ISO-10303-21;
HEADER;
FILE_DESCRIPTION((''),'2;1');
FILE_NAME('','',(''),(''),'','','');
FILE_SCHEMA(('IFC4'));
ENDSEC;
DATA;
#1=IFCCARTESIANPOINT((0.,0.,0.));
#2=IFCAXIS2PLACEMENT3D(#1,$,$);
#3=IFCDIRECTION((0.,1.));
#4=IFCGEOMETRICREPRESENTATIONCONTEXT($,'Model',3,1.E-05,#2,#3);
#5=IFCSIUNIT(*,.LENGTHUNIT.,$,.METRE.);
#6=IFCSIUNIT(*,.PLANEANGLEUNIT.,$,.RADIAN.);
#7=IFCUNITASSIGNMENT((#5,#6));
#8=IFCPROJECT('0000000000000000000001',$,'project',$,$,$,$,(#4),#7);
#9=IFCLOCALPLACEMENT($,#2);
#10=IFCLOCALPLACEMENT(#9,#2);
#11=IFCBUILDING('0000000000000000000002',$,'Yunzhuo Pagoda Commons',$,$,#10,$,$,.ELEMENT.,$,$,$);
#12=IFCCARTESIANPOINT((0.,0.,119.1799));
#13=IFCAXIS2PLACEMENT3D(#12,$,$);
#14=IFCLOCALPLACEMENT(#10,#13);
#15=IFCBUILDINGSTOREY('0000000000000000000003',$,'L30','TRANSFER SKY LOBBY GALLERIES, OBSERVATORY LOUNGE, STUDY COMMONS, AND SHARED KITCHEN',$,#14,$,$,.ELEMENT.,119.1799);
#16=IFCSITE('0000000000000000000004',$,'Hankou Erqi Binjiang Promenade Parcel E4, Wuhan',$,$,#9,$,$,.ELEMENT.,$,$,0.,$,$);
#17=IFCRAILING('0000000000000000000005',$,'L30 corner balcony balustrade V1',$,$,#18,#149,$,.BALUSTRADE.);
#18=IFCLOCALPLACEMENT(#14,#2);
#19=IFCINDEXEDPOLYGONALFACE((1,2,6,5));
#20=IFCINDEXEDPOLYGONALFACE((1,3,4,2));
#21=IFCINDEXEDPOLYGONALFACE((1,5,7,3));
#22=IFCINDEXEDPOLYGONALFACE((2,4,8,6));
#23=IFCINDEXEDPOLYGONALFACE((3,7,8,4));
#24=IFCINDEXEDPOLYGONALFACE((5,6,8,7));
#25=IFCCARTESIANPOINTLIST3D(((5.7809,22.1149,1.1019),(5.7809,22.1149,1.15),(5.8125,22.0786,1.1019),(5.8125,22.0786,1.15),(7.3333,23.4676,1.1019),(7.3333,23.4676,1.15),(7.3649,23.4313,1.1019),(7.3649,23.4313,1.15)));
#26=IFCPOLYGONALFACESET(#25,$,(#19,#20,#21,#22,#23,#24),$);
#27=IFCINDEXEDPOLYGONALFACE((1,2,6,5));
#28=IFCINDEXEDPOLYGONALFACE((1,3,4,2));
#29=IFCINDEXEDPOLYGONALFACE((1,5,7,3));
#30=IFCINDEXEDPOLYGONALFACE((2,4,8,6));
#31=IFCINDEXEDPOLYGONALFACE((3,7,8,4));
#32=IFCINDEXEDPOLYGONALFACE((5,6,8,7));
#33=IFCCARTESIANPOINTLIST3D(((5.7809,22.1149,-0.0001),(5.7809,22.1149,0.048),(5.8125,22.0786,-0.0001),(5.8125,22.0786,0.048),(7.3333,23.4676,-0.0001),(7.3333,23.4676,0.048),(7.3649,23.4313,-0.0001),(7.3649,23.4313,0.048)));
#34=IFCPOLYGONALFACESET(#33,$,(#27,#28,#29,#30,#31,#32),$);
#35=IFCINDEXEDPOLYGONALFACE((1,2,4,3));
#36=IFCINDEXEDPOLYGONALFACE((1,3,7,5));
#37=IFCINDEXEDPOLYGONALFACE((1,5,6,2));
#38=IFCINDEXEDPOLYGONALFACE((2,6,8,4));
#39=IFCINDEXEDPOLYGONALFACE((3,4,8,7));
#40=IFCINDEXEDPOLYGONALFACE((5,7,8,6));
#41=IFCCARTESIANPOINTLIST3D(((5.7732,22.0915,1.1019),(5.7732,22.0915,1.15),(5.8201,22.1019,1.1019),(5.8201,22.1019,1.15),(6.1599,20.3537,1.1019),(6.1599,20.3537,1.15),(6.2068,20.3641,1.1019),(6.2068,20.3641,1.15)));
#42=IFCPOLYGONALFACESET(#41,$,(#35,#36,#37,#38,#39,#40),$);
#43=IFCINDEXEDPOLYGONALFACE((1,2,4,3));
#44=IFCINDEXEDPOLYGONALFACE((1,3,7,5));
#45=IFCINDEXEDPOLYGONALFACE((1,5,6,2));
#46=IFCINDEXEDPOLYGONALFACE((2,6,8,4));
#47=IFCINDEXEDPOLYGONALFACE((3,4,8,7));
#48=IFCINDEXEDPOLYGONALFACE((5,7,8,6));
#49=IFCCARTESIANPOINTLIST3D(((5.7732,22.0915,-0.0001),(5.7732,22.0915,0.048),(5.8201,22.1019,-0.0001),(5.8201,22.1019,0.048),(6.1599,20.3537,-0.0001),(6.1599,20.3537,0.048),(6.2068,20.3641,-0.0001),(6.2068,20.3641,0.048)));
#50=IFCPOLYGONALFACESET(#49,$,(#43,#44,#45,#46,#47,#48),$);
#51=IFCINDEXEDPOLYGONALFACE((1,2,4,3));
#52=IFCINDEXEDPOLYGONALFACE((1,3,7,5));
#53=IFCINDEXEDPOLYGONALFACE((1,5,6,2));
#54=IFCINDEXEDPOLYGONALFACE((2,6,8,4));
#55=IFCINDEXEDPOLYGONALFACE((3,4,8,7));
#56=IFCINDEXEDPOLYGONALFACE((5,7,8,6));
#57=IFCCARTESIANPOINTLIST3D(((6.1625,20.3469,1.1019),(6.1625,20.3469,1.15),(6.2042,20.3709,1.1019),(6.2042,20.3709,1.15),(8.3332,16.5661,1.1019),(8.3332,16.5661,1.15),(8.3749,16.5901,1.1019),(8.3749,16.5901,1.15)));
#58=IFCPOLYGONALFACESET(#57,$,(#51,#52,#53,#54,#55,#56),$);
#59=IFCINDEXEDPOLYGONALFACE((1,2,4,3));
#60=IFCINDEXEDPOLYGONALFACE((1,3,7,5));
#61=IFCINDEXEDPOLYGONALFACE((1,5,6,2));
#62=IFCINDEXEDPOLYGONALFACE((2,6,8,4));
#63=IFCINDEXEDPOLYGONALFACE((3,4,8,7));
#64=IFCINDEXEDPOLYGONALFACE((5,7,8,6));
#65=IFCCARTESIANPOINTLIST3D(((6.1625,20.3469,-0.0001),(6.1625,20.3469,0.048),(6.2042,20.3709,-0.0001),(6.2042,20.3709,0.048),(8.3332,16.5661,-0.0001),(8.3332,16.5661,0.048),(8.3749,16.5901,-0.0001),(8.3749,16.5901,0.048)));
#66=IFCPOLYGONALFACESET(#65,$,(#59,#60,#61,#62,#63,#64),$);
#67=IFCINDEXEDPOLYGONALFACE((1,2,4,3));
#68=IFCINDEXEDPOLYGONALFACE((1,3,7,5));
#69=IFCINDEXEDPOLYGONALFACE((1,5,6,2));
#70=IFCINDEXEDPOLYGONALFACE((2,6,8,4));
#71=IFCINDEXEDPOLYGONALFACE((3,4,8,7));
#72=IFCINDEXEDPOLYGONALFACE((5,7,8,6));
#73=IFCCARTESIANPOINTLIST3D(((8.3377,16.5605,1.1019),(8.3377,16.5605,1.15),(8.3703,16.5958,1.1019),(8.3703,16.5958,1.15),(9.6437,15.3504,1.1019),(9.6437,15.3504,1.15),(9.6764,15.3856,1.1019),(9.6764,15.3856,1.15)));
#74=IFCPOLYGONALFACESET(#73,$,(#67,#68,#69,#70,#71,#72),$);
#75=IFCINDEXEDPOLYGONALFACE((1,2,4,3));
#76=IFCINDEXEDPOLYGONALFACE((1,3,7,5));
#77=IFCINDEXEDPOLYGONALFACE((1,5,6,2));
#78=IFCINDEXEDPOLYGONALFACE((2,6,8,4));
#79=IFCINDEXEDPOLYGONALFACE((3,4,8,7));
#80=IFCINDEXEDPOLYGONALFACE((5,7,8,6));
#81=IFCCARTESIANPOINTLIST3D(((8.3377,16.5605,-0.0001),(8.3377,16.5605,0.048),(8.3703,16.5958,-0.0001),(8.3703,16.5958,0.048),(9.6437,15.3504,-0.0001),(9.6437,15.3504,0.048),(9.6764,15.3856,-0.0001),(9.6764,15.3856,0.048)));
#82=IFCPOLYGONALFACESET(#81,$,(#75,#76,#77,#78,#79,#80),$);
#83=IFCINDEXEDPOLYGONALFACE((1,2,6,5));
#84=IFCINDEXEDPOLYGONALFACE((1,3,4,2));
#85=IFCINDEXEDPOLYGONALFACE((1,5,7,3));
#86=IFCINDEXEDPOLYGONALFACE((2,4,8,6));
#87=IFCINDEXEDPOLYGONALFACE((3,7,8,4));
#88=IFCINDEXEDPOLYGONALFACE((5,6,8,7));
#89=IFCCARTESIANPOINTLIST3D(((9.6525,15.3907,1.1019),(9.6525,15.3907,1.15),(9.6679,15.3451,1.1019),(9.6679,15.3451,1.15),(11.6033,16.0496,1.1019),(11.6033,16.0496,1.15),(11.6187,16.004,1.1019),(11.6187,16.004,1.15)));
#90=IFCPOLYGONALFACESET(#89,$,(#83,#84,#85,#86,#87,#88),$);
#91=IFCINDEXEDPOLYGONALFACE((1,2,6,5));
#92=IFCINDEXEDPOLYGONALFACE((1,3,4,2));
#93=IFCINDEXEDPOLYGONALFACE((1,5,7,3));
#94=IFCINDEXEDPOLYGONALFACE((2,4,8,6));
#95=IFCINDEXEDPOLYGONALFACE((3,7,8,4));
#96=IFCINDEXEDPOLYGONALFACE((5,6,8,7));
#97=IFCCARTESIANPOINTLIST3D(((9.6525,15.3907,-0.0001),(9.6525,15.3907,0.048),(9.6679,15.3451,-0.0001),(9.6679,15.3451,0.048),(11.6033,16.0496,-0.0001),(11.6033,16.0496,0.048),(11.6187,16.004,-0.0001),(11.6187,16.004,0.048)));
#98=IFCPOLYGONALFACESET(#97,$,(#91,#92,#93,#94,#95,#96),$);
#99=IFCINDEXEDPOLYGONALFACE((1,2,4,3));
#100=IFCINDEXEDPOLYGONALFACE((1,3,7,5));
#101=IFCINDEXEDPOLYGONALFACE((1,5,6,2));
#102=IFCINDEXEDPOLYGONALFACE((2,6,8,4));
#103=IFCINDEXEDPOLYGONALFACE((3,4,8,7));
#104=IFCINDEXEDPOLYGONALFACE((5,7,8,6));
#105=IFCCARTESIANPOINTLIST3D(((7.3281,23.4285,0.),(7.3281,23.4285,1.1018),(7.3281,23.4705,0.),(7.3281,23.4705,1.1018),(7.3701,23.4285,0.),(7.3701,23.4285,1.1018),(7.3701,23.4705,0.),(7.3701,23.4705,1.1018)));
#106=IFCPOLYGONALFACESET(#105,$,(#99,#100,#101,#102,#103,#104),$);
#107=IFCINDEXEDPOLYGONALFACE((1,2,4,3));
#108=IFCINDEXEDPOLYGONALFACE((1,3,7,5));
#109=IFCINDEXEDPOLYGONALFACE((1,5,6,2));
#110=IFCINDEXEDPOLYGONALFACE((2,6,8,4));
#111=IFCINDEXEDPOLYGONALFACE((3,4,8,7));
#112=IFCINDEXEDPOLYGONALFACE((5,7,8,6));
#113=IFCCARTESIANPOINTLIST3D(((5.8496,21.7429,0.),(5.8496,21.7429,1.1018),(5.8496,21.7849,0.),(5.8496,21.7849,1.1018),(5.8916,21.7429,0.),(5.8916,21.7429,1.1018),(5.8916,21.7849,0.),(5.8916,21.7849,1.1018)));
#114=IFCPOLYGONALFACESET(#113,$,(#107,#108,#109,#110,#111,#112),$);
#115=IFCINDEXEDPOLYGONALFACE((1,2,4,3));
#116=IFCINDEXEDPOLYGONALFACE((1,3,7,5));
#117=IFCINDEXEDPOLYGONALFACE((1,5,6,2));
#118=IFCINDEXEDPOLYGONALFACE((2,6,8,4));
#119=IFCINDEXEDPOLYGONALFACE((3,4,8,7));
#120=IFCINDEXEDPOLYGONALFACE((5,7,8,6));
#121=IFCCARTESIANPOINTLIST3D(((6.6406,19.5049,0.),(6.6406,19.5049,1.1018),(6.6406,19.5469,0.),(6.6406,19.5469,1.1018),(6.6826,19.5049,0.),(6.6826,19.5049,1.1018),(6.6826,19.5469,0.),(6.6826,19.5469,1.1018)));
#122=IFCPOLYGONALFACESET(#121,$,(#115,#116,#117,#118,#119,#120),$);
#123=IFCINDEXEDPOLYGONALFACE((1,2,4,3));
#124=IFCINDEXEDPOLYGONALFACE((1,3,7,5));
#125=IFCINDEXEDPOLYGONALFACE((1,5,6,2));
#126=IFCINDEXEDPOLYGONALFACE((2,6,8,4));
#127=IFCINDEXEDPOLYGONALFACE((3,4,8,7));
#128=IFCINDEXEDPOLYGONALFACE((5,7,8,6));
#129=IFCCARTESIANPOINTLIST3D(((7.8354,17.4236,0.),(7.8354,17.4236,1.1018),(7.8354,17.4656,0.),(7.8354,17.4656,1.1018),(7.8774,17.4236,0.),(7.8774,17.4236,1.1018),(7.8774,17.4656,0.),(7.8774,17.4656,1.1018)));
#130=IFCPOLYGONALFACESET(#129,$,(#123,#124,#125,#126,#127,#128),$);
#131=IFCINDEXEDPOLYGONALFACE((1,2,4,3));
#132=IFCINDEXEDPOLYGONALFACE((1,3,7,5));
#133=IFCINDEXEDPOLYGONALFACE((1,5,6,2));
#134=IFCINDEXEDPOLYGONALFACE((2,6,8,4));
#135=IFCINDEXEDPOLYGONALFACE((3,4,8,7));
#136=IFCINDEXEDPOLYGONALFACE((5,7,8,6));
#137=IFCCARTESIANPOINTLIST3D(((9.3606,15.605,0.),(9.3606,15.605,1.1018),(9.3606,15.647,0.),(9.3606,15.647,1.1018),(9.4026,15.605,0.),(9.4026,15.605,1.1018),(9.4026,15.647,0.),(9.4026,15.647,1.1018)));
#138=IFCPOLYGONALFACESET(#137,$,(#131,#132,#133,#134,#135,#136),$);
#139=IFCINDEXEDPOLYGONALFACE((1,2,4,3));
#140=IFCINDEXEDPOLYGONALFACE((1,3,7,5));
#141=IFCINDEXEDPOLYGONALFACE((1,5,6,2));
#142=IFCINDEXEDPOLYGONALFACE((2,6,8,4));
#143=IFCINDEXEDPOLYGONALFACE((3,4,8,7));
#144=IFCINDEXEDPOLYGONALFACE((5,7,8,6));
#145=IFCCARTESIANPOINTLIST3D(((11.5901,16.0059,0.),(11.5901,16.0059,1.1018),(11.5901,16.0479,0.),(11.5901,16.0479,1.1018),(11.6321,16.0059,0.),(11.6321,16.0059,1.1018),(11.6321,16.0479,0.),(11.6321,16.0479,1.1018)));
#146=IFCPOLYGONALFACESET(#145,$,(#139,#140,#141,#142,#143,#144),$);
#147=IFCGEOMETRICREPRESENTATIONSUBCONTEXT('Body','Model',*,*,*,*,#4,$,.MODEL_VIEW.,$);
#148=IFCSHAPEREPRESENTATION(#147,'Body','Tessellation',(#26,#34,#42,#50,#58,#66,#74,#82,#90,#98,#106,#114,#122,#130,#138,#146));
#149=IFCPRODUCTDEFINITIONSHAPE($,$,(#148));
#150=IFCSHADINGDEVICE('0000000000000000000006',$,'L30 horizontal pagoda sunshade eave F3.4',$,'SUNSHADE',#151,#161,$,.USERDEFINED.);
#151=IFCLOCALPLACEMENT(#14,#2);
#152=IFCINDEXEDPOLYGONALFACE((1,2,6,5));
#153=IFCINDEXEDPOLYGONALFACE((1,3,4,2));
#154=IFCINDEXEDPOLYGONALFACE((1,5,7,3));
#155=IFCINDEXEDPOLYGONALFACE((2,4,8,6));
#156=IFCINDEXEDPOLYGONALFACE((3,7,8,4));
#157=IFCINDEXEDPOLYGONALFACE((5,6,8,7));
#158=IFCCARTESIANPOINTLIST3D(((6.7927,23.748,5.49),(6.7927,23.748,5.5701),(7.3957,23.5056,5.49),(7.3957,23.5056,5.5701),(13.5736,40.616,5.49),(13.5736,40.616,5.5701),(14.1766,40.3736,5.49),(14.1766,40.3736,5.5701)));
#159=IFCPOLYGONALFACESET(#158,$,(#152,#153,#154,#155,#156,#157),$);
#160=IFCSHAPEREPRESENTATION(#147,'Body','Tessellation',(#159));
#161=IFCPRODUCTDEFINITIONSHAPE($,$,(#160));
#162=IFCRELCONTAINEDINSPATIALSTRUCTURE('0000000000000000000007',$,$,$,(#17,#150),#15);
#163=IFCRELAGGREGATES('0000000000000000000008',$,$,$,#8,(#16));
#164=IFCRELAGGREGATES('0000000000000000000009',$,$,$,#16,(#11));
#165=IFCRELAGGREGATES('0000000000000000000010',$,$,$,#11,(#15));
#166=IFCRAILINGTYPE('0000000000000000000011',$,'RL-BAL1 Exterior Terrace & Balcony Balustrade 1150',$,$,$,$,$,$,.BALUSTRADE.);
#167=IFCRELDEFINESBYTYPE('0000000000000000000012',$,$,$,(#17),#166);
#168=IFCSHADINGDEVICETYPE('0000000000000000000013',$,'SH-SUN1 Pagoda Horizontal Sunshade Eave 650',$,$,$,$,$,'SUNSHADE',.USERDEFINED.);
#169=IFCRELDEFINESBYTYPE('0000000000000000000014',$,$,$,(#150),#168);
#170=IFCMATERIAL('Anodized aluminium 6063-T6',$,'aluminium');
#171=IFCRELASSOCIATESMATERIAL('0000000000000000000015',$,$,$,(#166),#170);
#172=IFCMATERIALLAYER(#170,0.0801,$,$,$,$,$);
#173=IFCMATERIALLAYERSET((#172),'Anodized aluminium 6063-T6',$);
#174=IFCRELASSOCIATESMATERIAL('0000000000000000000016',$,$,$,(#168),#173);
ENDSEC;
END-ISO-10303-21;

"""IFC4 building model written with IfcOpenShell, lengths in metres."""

from ifc_helpers import new_model, si_unit, direction, frame, origin, origin_2d, place, context, subcontext, project, spatial, rectangle, extrude, source, transform, mapped, material, layer, layer_set, type_object, element, save


model = new_model("IFC4")

# Units and contexts
model_context = context("Model", 3, precision=1e-05, world=origin(), true_north=direction((0.0, 1.0)))
body_context = subcontext(model_context, "Body", "Model", "MODEL_VIEW")
ifc_project = project(units=[si_unit("LENGTHUNIT", "METRE"), si_unit("PLANEANGLEUNIT", "RADIAN")], contexts=[model_context])

# Site, building, storey
site_placement = place(None, origin())
site = spatial("IfcSite", under=ifc_project, at=site_placement, Name="Hankou Erqi Binjiang Promenade Parcel E4, Wuhan", CompositionType="ELEMENT", RefElevation=0.0)
building_placement = place(site_placement, origin())
building = spatial("IfcBuilding", under=site, at=building_placement, Name="Yunzhuo Pagoda Commons", CompositionType="ELEMENT")
storey_placement = place(building_placement, frame((0.0, 0.0, 119.1799)))
storey = spatial("IfcBuildingStorey", under=building, at=storey_placement, Name="L30", Description="TRANSFER SKY LOBBY GALLERIES, OBSERVATORY LOUNGE, STUDY COMMONS, AND SHARED KITCHEN", CompositionType="ELEMENT", Elevation=119.1799)

# Shared definitions
ifc_material_1 = material(Name="Anodized aluminium 6063-T6", Category="aluminium")

# Railing
railing_type_1 = type_object("IfcRailingType", Name="RL-BAL1 Exterior Terrace & Balcony Balustrade 1150", PredefinedType="BALUSTRADE", material=ifc_material_1)
railing_1_placement = place(storey_placement, frame((7.3491, 23.4495, 0.0)))
element("IfcRailing", 1, at=railing_1_placement, inside=storey, type_object=railing_type_1, Name="L30 corner balcony balustrade V1", PredefinedType="BALUSTRADE", context=body_context, shape_type="SweptSolid", body=[
    extrude(rectangle(XDim=0.0481, YDim=0.0481, at=origin_2d()), frame((0.0, 0.0, 1.126), z_axis=(-0.753934, -0.65695, 0.0), x_axis=(0.65695, -0.753934, 0.0)), (0.0, 0.0, 1.0), 2.0591),
    extrude(rectangle(XDim=0.0481, YDim=0.0481, at=origin_2d()), frame((0.0, 0.0, 0.0239), z_axis=(-0.753934, -0.65695, 0.0), x_axis=(0.65695, -0.753934, 0.0)), (0.0, 0.0, 1.0), 2.0591),
    extrude(rectangle(XDim=0.0481, YDim=0.0481, at=origin_2d()), frame((-1.5525, -1.3528, 1.126), z_axis=(0.217221, -0.976122, 0.0), x_axis=(0.976122, 0.217221, 0.0)), (0.0, 0.0, 1.0), 1.7803),
    extrude(rectangle(XDim=0.0481, YDim=0.0481, at=origin_2d()), frame((-1.5525, -1.3528, 0.0239), z_axis=(0.217221, -0.976122, 0.0), x_axis=(0.976122, 0.217221, 0.0)), (0.0, 0.0, 1.0), 1.7803),
    extrude(rectangle(XDim=0.0481, YDim=0.0481, at=origin_2d()), frame((-1.1658, -3.0906, 1.126), z_axis=(0.497905, -0.867232, 0.0), x_axis=(0.867232, 0.497905, 0.0)), (0.0, 0.0, 1.0), 4.3596),
    extrude(rectangle(XDim=0.0481, YDim=0.0481, at=origin_2d()), frame((-1.1658, -3.0906, 0.0239), z_axis=(0.497905, -0.867232, 0.0), x_axis=(0.867232, 0.497905, 0.0)), (0.0, 0.0, 1.0), 4.3596),
    extrude(rectangle(XDim=0.0481, YDim=0.0481, at=origin_2d()), frame((1.0049, -6.8713, 1.126), z_axis=(0.733535, -0.679651, 0.0), x_axis=(0.679651, 0.733535, 0.0)), (0.0, 0.0, 1.0), 1.7805),
    extrude(rectangle(XDim=0.0481, YDim=0.0481, at=origin_2d()), frame((1.0049, -6.8713, 0.0239), z_axis=(0.733535, -0.679651, 0.0), x_axis=(0.679651, 0.733535, 0.0)), (0.0, 0.0, 1.0), 1.7805),
    extrude(rectangle(XDim=0.0481, YDim=0.0481, at=origin_2d()), frame((2.311, -8.0815, 1.126), z_axis=(0.947419, 0.319996, 0.0), x_axis=(-0.319996, 0.947419, 0.0)), (0.0, 0.0, 1.0), 2.0591),
    extrude(rectangle(XDim=0.0481, YDim=0.0481, at=origin_2d()), frame((2.311, -8.0815, 0.0239), z_axis=(0.947419, 0.319996, 0.0), x_axis=(-0.319996, 0.947419, 0.0)), (0.0, 0.0, 1.0), 2.0591),
    extrude(rectangle(XDim=0.042, YDim=0.042, at=origin_2d()), origin(), (0.0, 0.0, 1.0), 1.1018),
    extrude(rectangle(XDim=0.042, YDim=0.042, at=origin_2d()), frame((-1.4785, -1.6855, 0.0)), (0.0, 0.0, 1.0), 1.1018),
    extrude(rectangle(XDim=0.042, YDim=0.042, at=origin_2d()), frame((-0.6875, -3.9236, 0.0)), (0.0, 0.0, 1.0), 1.1018),
    extrude(rectangle(XDim=0.042, YDim=0.042, at=origin_2d()), frame((0.5073, -6.0049, 0.0)), (0.0, 0.0, 1.0), 1.1018),
    extrude(rectangle(XDim=0.042, YDim=0.042, at=origin_2d()), frame((2.0325, -7.8235, 0.0)), (0.0, 0.0, 1.0), 1.1018),
    extrude(rectangle(XDim=0.042, YDim=0.042, at=origin_2d()), frame((4.262, -7.4226, 0.0)), (0.0, 0.0, 1.0), 1.1018),
])

# Shading device
ifc_layer_1 = layer(ifc_material_1, 0.0801)
ifc_layer_set_1 = layer_set([ifc_layer_1], Name="Anodized aluminium 6063-T6")
shading_device_type = type_object("IfcShadingDeviceType", Name="SH-SUN1 Pagoda Horizontal Sunshade Eave 650", ElementType="SUNSHADE", PredefinedType="USERDEFINED", material=ifc_layer_set_1)
shared_shape_1 = source(origin(), body_context, "Body", "SweptSolid", [
    extrude(rectangle(XDim=18.1799, YDim=0.6499, at=origin_2d()), origin(), (0.0, 0.0, 1.0), 0.0801),
])
shading_device_placement = place(storey_placement, frame((10.4846, 32.0608, 5.49), z_axis=(0.0, 0.0, 1.0), x_axis=(-0.372988, -0.927836, 0.0)))
element("IfcShadingDevice", 2, at=shading_device_placement, inside=storey, type_object=shading_device_type, Name="L30 horizontal pagoda sunshade eave F3.4", ObjectType="SUNSHADE", PredefinedType="USERDEFINED", context=body_context, shape_type="MappedRepresentation", body=[
    mapped(shared_shape_1, transform((0.0, 0.0, 0.0), scale=1.0)),
])

save(model, "model.ifc")
